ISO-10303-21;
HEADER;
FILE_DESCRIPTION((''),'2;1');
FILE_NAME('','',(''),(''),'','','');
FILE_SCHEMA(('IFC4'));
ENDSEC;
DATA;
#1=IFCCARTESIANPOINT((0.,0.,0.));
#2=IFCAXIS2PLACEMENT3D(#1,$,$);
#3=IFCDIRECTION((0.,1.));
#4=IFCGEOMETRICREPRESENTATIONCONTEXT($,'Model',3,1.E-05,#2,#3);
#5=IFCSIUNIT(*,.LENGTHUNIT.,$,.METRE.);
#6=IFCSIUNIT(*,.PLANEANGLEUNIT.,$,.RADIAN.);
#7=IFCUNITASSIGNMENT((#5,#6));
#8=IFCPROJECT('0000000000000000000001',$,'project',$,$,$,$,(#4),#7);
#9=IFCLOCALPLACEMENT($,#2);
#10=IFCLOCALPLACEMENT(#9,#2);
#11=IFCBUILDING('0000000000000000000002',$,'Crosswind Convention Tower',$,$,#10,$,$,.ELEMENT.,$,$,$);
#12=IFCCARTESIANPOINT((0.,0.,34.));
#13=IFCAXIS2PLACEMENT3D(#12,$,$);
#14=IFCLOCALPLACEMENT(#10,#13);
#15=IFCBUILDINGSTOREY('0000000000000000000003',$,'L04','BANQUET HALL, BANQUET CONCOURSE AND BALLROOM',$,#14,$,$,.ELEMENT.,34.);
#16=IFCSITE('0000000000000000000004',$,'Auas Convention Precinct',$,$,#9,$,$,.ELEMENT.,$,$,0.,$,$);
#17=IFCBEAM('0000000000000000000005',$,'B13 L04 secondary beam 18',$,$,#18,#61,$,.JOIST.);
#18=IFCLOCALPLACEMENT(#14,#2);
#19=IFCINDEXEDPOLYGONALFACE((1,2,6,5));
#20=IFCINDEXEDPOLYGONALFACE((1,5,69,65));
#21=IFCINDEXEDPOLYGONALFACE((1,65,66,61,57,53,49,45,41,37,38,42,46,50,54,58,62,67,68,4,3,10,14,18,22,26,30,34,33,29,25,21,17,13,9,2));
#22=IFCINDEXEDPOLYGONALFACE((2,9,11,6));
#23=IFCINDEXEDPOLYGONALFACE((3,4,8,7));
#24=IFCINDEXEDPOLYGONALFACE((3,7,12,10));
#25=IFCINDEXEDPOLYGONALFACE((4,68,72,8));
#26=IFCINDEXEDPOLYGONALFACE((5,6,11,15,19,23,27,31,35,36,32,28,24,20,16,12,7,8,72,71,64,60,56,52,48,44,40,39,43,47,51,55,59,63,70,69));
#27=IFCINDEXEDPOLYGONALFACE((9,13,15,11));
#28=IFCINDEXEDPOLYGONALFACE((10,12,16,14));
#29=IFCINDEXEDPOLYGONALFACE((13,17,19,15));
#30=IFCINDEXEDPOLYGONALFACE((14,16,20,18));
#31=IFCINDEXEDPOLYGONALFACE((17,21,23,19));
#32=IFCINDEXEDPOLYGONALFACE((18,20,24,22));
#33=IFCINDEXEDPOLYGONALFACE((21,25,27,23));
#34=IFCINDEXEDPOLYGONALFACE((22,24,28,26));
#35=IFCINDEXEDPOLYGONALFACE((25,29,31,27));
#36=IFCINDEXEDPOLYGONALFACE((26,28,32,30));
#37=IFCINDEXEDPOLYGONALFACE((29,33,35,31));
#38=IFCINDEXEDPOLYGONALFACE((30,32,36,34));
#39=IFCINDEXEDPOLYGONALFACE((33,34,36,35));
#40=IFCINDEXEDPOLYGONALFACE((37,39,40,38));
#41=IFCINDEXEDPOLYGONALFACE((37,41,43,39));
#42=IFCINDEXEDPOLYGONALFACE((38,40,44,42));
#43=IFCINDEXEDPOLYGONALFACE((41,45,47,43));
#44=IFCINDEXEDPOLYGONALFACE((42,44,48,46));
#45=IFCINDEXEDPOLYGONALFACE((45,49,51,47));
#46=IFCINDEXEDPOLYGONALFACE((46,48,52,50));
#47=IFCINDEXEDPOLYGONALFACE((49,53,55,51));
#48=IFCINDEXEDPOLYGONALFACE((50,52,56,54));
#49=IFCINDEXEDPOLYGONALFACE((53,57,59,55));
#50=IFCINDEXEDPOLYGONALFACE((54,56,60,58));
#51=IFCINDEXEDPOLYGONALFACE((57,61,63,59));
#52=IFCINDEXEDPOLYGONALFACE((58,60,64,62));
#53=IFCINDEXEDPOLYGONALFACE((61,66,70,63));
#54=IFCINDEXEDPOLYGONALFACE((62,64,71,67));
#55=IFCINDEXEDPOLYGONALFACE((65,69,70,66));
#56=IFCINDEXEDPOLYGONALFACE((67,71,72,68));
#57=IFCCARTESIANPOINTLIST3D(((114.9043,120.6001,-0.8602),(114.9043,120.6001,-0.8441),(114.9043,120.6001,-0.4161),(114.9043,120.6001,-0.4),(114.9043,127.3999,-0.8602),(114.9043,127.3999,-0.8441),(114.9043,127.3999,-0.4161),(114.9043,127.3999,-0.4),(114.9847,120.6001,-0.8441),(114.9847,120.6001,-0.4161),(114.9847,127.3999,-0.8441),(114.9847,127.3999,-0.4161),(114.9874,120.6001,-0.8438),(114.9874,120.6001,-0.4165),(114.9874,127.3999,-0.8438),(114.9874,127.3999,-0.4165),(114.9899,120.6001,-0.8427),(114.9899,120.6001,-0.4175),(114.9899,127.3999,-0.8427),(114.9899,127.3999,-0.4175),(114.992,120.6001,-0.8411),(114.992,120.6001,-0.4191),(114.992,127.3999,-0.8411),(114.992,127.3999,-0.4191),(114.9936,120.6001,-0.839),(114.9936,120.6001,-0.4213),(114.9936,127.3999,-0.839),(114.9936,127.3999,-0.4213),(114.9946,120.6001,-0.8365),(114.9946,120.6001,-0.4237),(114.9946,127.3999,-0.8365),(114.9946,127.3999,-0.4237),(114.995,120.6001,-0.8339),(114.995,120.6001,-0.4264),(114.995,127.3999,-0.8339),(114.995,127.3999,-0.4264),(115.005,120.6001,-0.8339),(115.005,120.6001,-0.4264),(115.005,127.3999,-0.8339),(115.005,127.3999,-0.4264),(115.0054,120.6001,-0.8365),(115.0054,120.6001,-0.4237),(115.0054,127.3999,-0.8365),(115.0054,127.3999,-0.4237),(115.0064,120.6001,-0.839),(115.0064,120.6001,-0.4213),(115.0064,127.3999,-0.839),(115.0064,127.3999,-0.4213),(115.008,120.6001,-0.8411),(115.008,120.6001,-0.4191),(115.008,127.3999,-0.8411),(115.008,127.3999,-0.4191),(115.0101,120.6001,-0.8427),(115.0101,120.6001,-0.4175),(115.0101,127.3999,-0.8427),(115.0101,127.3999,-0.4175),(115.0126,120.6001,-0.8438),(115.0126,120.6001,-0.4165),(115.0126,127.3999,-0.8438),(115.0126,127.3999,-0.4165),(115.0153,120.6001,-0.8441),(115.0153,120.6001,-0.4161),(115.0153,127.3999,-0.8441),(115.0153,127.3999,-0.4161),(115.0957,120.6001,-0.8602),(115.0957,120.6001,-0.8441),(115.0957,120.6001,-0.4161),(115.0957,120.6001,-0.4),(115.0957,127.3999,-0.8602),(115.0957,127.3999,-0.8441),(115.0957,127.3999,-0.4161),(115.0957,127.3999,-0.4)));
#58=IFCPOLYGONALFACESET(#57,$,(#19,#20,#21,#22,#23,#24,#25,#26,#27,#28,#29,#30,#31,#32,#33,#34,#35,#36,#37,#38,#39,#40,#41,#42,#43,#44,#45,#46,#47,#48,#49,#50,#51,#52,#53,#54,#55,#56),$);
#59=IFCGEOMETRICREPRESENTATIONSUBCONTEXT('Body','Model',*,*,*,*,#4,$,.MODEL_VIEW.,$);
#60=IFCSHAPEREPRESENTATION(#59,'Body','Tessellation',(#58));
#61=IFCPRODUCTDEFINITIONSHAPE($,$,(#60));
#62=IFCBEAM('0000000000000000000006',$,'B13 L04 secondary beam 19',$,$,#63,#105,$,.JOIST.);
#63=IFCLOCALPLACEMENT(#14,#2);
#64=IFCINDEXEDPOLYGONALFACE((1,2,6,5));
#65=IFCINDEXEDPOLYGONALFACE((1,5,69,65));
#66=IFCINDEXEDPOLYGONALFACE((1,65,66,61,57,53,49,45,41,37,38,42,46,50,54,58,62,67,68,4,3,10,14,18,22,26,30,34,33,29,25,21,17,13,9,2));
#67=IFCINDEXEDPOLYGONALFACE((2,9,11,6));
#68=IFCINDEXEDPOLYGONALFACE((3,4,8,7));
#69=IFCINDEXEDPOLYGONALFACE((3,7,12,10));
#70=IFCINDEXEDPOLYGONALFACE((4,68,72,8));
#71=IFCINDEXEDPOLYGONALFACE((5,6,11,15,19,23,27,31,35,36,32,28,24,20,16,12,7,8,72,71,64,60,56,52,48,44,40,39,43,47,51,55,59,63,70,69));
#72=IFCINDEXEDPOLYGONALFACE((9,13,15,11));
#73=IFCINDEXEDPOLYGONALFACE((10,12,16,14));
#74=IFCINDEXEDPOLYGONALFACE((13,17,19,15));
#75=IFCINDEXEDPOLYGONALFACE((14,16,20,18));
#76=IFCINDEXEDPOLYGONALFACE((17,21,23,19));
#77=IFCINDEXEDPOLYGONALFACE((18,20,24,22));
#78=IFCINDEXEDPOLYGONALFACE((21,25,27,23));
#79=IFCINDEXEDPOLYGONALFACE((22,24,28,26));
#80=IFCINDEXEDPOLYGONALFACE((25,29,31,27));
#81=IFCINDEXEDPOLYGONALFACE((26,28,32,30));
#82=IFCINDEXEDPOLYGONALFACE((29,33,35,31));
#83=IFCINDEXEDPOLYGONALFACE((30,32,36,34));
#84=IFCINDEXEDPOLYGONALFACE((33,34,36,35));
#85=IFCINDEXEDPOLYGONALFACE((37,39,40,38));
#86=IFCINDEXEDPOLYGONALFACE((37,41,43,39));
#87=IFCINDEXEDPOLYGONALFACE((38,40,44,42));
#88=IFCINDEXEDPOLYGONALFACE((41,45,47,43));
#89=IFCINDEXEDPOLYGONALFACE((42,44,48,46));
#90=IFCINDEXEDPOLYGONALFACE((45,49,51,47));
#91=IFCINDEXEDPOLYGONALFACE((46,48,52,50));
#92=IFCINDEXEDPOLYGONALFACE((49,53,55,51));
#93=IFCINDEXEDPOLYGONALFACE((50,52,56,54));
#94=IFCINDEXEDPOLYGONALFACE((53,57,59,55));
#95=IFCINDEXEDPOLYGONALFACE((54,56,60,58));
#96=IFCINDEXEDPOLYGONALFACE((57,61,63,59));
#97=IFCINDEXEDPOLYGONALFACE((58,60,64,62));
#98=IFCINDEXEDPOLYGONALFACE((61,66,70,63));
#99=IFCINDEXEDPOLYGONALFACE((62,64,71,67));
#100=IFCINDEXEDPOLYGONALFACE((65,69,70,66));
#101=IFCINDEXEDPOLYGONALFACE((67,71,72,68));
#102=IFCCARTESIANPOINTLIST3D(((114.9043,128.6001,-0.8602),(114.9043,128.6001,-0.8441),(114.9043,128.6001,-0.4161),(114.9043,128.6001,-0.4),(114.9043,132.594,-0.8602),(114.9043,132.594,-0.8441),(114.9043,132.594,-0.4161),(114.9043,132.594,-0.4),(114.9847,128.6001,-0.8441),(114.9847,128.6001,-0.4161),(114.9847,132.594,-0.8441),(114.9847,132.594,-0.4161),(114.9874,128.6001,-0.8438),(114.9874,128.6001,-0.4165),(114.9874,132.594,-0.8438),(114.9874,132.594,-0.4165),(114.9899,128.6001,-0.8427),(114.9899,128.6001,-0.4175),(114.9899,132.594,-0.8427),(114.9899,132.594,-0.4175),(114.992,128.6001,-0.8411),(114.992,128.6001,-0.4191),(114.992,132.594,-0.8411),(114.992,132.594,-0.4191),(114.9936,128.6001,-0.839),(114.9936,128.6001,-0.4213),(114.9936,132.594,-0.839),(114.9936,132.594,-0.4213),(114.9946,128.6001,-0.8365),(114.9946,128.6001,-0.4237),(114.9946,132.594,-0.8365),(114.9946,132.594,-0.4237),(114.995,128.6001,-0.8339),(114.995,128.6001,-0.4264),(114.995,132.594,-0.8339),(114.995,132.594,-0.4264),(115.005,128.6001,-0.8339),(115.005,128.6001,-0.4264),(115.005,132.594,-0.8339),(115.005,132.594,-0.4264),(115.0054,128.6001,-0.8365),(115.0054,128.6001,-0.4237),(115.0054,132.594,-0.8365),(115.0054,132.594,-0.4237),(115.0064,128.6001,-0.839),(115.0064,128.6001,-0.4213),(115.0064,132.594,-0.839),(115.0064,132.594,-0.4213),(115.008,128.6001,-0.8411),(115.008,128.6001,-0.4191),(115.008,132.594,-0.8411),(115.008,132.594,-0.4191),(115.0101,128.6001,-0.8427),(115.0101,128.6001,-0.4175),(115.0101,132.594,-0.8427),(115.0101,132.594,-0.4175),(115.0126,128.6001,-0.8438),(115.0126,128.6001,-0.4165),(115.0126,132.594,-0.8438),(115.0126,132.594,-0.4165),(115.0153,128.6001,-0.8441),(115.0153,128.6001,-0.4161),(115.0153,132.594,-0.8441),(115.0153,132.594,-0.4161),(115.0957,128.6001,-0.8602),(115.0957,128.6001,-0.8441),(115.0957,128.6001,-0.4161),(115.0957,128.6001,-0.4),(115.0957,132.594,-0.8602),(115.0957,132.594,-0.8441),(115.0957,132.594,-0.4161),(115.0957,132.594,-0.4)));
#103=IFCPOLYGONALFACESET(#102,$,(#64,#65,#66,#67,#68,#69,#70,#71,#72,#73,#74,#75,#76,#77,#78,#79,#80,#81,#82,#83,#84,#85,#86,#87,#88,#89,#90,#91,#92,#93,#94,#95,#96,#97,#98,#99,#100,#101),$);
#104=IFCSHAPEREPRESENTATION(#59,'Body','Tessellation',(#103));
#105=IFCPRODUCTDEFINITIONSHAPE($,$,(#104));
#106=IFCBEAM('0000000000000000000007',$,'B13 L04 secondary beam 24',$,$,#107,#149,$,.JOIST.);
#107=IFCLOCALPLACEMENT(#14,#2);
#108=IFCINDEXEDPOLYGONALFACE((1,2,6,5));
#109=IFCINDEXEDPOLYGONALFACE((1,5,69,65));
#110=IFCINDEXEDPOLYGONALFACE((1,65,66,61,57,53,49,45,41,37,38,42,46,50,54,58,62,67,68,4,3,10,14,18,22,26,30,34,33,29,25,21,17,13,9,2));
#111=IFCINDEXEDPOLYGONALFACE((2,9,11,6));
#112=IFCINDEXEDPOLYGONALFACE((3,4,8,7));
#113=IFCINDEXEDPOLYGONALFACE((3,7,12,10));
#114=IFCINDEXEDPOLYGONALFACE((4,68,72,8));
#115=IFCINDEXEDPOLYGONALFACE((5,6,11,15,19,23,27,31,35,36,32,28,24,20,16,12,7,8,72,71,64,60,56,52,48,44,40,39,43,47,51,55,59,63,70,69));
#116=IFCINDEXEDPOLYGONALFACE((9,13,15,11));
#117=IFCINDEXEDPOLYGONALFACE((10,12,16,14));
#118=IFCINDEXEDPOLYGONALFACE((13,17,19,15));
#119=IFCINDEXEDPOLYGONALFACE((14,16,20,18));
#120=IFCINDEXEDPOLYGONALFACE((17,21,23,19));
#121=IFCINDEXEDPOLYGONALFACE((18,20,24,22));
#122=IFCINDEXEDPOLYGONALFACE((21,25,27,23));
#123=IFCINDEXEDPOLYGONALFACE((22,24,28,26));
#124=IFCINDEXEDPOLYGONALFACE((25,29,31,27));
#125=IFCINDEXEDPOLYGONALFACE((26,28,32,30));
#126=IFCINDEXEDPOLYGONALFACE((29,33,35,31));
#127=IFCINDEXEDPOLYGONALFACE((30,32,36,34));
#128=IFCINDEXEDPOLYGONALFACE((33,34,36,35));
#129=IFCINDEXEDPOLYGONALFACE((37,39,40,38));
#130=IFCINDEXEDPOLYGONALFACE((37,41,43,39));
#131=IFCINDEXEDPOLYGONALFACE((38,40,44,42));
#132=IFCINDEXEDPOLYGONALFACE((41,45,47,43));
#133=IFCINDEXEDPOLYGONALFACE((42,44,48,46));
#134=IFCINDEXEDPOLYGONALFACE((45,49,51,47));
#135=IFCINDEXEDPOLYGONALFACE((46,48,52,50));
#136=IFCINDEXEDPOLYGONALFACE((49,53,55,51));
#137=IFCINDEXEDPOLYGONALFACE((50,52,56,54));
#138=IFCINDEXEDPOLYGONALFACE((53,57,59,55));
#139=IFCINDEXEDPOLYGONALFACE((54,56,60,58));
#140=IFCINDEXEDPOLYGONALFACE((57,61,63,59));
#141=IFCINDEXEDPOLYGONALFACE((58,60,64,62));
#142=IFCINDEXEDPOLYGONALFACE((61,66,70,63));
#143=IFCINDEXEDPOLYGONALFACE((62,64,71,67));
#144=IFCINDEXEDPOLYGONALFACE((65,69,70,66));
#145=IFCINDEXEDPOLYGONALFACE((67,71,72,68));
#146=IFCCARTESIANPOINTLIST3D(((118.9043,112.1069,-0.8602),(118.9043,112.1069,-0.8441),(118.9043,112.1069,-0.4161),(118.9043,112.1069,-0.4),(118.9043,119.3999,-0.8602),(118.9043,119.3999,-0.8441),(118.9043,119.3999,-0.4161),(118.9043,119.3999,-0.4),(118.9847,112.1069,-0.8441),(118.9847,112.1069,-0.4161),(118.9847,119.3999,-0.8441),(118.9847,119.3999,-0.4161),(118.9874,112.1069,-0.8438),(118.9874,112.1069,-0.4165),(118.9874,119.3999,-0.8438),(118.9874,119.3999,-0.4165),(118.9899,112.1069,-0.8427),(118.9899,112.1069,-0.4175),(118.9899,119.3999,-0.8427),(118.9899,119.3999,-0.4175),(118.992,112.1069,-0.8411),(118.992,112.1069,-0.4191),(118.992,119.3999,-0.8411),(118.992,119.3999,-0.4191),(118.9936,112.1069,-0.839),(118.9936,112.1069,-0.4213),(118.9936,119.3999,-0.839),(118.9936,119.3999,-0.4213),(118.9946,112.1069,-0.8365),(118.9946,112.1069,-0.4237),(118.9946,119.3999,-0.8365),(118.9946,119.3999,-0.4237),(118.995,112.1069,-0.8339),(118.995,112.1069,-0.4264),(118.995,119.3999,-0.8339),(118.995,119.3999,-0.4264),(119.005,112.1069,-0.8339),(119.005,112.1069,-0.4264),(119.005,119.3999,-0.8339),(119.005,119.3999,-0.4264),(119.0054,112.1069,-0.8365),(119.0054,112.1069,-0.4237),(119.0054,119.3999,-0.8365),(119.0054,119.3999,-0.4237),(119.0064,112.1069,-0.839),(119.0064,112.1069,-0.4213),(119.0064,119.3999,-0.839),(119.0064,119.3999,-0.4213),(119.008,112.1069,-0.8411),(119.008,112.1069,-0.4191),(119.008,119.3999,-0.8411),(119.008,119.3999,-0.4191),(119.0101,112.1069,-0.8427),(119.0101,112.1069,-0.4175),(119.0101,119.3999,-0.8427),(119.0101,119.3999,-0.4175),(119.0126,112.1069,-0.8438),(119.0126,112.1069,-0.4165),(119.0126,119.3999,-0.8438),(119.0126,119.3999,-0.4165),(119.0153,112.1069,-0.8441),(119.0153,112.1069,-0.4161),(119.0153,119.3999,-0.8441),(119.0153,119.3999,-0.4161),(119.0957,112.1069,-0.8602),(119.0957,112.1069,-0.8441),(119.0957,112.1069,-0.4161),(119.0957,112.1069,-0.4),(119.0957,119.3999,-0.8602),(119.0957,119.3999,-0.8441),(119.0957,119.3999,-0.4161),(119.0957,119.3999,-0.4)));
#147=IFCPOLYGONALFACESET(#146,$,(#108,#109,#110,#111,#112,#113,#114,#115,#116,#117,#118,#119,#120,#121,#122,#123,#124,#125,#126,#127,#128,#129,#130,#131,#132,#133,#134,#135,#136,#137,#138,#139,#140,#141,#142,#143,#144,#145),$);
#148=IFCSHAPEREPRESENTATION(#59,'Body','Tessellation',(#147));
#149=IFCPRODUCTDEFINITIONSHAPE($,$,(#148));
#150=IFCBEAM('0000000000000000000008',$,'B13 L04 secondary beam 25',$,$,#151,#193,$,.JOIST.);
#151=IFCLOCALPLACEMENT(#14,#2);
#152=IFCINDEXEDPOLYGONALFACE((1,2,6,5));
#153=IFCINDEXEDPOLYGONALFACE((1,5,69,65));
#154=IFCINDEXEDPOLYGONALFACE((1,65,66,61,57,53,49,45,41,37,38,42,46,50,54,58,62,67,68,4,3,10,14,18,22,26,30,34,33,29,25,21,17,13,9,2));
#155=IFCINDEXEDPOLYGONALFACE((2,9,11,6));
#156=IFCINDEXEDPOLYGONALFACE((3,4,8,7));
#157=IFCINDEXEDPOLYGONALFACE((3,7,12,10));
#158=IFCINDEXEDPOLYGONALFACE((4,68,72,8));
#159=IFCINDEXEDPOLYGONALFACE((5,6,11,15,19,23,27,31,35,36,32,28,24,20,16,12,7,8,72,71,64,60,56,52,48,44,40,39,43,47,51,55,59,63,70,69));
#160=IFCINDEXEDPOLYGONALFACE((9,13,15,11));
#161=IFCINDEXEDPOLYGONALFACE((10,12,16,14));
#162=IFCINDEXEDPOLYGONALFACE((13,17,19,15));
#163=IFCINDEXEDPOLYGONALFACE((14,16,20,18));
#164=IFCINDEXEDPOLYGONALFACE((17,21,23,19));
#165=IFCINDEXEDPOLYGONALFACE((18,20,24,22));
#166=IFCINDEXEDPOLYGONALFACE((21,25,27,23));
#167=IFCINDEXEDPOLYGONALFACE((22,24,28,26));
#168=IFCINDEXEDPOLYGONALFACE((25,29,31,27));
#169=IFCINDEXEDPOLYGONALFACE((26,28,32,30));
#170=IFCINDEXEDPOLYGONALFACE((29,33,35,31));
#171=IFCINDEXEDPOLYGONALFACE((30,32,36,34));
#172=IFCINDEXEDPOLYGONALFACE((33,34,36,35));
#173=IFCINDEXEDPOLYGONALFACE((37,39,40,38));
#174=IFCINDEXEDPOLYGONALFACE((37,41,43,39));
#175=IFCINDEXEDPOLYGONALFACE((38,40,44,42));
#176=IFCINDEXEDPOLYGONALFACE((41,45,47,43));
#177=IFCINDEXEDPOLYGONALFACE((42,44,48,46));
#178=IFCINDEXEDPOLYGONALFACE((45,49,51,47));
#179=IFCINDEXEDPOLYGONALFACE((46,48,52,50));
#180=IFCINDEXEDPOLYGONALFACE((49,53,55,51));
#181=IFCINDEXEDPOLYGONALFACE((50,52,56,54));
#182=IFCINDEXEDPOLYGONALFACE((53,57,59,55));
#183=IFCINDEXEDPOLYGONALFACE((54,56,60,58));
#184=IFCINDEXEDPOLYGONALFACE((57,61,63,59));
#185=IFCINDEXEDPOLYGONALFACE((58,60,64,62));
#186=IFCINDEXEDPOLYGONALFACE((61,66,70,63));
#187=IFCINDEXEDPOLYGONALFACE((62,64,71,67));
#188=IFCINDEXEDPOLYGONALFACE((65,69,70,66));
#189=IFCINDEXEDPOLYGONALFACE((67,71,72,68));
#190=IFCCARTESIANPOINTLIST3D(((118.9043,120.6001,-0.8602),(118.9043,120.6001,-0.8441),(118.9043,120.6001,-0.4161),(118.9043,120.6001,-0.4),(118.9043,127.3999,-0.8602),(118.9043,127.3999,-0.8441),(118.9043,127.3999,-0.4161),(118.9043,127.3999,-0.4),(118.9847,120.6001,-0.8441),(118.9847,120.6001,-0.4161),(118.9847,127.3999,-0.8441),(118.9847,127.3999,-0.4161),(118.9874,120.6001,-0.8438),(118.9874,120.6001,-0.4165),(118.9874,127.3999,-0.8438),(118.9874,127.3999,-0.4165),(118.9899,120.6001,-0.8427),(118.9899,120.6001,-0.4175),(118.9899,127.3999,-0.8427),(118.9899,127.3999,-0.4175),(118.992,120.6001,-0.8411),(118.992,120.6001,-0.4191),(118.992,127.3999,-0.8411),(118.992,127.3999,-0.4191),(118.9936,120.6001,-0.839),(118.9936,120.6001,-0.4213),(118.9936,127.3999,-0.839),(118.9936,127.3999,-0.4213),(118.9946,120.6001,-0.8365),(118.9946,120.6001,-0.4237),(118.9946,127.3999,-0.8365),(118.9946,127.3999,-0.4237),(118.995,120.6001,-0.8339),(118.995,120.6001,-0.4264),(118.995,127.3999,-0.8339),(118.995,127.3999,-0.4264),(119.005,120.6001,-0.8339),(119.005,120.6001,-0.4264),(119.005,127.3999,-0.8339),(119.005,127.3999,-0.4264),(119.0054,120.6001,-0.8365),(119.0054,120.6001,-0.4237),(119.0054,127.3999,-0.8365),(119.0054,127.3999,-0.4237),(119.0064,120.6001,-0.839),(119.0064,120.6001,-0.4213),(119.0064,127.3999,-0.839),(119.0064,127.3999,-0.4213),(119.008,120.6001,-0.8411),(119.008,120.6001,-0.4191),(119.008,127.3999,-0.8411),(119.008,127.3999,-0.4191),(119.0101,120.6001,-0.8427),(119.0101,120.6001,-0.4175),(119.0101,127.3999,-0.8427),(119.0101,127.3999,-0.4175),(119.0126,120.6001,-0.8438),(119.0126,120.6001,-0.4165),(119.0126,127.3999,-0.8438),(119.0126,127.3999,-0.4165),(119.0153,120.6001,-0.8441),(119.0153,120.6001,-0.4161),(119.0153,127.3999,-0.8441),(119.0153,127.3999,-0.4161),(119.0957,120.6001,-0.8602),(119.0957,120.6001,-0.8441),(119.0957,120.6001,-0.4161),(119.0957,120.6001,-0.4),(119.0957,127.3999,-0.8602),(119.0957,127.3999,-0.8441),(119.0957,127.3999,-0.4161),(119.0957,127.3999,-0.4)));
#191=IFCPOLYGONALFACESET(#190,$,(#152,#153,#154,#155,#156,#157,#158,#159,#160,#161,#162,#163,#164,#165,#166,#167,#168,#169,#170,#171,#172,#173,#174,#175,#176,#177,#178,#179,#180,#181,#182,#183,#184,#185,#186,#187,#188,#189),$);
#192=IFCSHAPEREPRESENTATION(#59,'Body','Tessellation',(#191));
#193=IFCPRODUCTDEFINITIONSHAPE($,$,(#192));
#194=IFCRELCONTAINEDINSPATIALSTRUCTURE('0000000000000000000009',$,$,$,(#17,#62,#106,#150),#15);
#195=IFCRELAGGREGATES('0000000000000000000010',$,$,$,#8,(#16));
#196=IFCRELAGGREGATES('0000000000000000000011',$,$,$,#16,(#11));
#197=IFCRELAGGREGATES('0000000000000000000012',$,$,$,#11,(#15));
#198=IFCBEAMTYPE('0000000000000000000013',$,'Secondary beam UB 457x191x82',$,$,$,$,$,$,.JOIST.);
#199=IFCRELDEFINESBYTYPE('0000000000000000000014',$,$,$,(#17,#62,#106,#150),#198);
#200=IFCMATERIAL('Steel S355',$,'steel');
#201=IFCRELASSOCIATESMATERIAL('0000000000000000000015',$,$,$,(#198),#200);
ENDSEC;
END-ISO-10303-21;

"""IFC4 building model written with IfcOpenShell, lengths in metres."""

from ifc_helpers import new_model, si_unit, direction, frame, origin, origin_2d, place, context, subcontext, project, spatial, i_section, extrude, material, material_profile, profile_set, type_object, element, save


model = new_model("IFC4")

# Units and contexts
model_context = context("Model", 3, precision=1e-05, world=origin(), true_north=direction((0.0, 1.0)))
body_context = subcontext(model_context, "Body", "Model", "MODEL_VIEW")
ifc_project = project(units=[si_unit("LENGTHUNIT", "METRE"), si_unit("PLANEANGLEUNIT", "RADIAN")], contexts=[model_context])

# Site, building, storey
site_placement = place(None, origin())
site = spatial("IfcSite", under=ifc_project, at=site_placement, Name="Auas Convention Precinct", CompositionType="ELEMENT", RefElevation=0.0)
building_placement = place(site_placement, origin())
building = spatial("IfcBuilding", under=site, at=building_placement, Name="Crosswind Convention Tower", CompositionType="ELEMENT")
storey_placement = place(building_placement, frame((0.0, 0.0, 34.0)))
storey = spatial("IfcBuildingStorey", under=building, at=storey_placement, Name="L04", Description="BANQUET HALL, BANQUET CONCOURSE AND BALLROOM", CompositionType="ELEMENT", Elevation=34.0)

# Beams
ifc_material_1 = material(Name="Steel S355", Category="steel")
ifc_material_profile_1 = material_profile(ifc_material_1, i_section(OverallWidth=0.1914, OverallDepth=0.4602, WebThickness=0.01, FlangeThickness=0.0161, FilletRadius=0.0103, at=origin_2d()), Name="UB 457x191x82")
ifc_profile_set_1 = profile_set([ifc_material_profile_1], Name="Steel S355")
beam_type_1 = type_object("IfcBeamType", Name="Secondary beam UB 457x191x82", PredefinedType="JOIST", material=ifc_profile_set_1)
beam_1_placement = place(storey_placement, frame((115.0, 120.6001, -0.6301), z_axis=(0.0, 1.0, 0.0), x_axis=(-1.0, 0.0, 0.0)))
element("IfcBeam", 1, at=beam_1_placement, inside=storey, type_object=beam_type_1, Name="B13 L04 secondary beam 18", PredefinedType="JOIST", context=body_context, shape_type="SweptSolid", body=[
    extrude(i_section(OverallWidth=0.1914, OverallDepth=0.4602, WebThickness=0.01, FlangeThickness=0.0161, FilletRadius=0.0103, at=origin_2d()), origin(), (0.0, 0.0, 1.0), 6.7998),
])
beam_2_placement = place(storey_placement, frame((115.0, 128.6001, -0.6301), z_axis=(0.0, 1.0, 0.0), x_axis=(-1.0, 0.0, 0.0)))
element("IfcBeam", 2, at=beam_2_placement, inside=storey, type_object=beam_type_1, Name="B13 L04 secondary beam 19", PredefinedType="JOIST", context=body_context, shape_type="SweptSolid", body=[
    extrude(i_section(OverallWidth=0.1914, OverallDepth=0.4602, WebThickness=0.01, FlangeThickness=0.0161, FilletRadius=0.0103, at=origin_2d()), origin(), (0.0, 0.0, 1.0), 3.9939),
])
beam_3_placement = place(storey_placement, frame((119.0, 112.1069, -0.6301), z_axis=(0.0, 1.0, 0.0), x_axis=(-1.0, 0.0, 0.0)))
element("IfcBeam", 3, at=beam_3_placement, inside=storey, type_object=beam_type_1, Name="B13 L04 secondary beam 24", PredefinedType="JOIST", context=body_context, shape_type="SweptSolid", body=[
    extrude(i_section(OverallWidth=0.1914, OverallDepth=0.4602, WebThickness=0.01, FlangeThickness=0.0161, FilletRadius=0.0103, at=origin_2d()), origin(), (0.0, 0.0, 1.0), 7.293),
])
beam_4_placement = place(storey_placement, frame((119.0, 120.6001, -0.6301), z_axis=(0.0, 1.0, 0.0), x_axis=(-1.0, 0.0, 0.0)))
element("IfcBeam", 4, at=beam_4_placement, inside=storey, type_object=beam_type_1, Name="B13 L04 secondary beam 25", PredefinedType="JOIST", context=body_context, shape_type="SweptSolid", body=[
    extrude(i_section(OverallWidth=0.1914, OverallDepth=0.4602, WebThickness=0.01, FlangeThickness=0.0161, FilletRadius=0.0103, at=origin_2d()), origin(), (0.0, 0.0, 1.0), 6.7998),
])

save(model, "model.ifc")
